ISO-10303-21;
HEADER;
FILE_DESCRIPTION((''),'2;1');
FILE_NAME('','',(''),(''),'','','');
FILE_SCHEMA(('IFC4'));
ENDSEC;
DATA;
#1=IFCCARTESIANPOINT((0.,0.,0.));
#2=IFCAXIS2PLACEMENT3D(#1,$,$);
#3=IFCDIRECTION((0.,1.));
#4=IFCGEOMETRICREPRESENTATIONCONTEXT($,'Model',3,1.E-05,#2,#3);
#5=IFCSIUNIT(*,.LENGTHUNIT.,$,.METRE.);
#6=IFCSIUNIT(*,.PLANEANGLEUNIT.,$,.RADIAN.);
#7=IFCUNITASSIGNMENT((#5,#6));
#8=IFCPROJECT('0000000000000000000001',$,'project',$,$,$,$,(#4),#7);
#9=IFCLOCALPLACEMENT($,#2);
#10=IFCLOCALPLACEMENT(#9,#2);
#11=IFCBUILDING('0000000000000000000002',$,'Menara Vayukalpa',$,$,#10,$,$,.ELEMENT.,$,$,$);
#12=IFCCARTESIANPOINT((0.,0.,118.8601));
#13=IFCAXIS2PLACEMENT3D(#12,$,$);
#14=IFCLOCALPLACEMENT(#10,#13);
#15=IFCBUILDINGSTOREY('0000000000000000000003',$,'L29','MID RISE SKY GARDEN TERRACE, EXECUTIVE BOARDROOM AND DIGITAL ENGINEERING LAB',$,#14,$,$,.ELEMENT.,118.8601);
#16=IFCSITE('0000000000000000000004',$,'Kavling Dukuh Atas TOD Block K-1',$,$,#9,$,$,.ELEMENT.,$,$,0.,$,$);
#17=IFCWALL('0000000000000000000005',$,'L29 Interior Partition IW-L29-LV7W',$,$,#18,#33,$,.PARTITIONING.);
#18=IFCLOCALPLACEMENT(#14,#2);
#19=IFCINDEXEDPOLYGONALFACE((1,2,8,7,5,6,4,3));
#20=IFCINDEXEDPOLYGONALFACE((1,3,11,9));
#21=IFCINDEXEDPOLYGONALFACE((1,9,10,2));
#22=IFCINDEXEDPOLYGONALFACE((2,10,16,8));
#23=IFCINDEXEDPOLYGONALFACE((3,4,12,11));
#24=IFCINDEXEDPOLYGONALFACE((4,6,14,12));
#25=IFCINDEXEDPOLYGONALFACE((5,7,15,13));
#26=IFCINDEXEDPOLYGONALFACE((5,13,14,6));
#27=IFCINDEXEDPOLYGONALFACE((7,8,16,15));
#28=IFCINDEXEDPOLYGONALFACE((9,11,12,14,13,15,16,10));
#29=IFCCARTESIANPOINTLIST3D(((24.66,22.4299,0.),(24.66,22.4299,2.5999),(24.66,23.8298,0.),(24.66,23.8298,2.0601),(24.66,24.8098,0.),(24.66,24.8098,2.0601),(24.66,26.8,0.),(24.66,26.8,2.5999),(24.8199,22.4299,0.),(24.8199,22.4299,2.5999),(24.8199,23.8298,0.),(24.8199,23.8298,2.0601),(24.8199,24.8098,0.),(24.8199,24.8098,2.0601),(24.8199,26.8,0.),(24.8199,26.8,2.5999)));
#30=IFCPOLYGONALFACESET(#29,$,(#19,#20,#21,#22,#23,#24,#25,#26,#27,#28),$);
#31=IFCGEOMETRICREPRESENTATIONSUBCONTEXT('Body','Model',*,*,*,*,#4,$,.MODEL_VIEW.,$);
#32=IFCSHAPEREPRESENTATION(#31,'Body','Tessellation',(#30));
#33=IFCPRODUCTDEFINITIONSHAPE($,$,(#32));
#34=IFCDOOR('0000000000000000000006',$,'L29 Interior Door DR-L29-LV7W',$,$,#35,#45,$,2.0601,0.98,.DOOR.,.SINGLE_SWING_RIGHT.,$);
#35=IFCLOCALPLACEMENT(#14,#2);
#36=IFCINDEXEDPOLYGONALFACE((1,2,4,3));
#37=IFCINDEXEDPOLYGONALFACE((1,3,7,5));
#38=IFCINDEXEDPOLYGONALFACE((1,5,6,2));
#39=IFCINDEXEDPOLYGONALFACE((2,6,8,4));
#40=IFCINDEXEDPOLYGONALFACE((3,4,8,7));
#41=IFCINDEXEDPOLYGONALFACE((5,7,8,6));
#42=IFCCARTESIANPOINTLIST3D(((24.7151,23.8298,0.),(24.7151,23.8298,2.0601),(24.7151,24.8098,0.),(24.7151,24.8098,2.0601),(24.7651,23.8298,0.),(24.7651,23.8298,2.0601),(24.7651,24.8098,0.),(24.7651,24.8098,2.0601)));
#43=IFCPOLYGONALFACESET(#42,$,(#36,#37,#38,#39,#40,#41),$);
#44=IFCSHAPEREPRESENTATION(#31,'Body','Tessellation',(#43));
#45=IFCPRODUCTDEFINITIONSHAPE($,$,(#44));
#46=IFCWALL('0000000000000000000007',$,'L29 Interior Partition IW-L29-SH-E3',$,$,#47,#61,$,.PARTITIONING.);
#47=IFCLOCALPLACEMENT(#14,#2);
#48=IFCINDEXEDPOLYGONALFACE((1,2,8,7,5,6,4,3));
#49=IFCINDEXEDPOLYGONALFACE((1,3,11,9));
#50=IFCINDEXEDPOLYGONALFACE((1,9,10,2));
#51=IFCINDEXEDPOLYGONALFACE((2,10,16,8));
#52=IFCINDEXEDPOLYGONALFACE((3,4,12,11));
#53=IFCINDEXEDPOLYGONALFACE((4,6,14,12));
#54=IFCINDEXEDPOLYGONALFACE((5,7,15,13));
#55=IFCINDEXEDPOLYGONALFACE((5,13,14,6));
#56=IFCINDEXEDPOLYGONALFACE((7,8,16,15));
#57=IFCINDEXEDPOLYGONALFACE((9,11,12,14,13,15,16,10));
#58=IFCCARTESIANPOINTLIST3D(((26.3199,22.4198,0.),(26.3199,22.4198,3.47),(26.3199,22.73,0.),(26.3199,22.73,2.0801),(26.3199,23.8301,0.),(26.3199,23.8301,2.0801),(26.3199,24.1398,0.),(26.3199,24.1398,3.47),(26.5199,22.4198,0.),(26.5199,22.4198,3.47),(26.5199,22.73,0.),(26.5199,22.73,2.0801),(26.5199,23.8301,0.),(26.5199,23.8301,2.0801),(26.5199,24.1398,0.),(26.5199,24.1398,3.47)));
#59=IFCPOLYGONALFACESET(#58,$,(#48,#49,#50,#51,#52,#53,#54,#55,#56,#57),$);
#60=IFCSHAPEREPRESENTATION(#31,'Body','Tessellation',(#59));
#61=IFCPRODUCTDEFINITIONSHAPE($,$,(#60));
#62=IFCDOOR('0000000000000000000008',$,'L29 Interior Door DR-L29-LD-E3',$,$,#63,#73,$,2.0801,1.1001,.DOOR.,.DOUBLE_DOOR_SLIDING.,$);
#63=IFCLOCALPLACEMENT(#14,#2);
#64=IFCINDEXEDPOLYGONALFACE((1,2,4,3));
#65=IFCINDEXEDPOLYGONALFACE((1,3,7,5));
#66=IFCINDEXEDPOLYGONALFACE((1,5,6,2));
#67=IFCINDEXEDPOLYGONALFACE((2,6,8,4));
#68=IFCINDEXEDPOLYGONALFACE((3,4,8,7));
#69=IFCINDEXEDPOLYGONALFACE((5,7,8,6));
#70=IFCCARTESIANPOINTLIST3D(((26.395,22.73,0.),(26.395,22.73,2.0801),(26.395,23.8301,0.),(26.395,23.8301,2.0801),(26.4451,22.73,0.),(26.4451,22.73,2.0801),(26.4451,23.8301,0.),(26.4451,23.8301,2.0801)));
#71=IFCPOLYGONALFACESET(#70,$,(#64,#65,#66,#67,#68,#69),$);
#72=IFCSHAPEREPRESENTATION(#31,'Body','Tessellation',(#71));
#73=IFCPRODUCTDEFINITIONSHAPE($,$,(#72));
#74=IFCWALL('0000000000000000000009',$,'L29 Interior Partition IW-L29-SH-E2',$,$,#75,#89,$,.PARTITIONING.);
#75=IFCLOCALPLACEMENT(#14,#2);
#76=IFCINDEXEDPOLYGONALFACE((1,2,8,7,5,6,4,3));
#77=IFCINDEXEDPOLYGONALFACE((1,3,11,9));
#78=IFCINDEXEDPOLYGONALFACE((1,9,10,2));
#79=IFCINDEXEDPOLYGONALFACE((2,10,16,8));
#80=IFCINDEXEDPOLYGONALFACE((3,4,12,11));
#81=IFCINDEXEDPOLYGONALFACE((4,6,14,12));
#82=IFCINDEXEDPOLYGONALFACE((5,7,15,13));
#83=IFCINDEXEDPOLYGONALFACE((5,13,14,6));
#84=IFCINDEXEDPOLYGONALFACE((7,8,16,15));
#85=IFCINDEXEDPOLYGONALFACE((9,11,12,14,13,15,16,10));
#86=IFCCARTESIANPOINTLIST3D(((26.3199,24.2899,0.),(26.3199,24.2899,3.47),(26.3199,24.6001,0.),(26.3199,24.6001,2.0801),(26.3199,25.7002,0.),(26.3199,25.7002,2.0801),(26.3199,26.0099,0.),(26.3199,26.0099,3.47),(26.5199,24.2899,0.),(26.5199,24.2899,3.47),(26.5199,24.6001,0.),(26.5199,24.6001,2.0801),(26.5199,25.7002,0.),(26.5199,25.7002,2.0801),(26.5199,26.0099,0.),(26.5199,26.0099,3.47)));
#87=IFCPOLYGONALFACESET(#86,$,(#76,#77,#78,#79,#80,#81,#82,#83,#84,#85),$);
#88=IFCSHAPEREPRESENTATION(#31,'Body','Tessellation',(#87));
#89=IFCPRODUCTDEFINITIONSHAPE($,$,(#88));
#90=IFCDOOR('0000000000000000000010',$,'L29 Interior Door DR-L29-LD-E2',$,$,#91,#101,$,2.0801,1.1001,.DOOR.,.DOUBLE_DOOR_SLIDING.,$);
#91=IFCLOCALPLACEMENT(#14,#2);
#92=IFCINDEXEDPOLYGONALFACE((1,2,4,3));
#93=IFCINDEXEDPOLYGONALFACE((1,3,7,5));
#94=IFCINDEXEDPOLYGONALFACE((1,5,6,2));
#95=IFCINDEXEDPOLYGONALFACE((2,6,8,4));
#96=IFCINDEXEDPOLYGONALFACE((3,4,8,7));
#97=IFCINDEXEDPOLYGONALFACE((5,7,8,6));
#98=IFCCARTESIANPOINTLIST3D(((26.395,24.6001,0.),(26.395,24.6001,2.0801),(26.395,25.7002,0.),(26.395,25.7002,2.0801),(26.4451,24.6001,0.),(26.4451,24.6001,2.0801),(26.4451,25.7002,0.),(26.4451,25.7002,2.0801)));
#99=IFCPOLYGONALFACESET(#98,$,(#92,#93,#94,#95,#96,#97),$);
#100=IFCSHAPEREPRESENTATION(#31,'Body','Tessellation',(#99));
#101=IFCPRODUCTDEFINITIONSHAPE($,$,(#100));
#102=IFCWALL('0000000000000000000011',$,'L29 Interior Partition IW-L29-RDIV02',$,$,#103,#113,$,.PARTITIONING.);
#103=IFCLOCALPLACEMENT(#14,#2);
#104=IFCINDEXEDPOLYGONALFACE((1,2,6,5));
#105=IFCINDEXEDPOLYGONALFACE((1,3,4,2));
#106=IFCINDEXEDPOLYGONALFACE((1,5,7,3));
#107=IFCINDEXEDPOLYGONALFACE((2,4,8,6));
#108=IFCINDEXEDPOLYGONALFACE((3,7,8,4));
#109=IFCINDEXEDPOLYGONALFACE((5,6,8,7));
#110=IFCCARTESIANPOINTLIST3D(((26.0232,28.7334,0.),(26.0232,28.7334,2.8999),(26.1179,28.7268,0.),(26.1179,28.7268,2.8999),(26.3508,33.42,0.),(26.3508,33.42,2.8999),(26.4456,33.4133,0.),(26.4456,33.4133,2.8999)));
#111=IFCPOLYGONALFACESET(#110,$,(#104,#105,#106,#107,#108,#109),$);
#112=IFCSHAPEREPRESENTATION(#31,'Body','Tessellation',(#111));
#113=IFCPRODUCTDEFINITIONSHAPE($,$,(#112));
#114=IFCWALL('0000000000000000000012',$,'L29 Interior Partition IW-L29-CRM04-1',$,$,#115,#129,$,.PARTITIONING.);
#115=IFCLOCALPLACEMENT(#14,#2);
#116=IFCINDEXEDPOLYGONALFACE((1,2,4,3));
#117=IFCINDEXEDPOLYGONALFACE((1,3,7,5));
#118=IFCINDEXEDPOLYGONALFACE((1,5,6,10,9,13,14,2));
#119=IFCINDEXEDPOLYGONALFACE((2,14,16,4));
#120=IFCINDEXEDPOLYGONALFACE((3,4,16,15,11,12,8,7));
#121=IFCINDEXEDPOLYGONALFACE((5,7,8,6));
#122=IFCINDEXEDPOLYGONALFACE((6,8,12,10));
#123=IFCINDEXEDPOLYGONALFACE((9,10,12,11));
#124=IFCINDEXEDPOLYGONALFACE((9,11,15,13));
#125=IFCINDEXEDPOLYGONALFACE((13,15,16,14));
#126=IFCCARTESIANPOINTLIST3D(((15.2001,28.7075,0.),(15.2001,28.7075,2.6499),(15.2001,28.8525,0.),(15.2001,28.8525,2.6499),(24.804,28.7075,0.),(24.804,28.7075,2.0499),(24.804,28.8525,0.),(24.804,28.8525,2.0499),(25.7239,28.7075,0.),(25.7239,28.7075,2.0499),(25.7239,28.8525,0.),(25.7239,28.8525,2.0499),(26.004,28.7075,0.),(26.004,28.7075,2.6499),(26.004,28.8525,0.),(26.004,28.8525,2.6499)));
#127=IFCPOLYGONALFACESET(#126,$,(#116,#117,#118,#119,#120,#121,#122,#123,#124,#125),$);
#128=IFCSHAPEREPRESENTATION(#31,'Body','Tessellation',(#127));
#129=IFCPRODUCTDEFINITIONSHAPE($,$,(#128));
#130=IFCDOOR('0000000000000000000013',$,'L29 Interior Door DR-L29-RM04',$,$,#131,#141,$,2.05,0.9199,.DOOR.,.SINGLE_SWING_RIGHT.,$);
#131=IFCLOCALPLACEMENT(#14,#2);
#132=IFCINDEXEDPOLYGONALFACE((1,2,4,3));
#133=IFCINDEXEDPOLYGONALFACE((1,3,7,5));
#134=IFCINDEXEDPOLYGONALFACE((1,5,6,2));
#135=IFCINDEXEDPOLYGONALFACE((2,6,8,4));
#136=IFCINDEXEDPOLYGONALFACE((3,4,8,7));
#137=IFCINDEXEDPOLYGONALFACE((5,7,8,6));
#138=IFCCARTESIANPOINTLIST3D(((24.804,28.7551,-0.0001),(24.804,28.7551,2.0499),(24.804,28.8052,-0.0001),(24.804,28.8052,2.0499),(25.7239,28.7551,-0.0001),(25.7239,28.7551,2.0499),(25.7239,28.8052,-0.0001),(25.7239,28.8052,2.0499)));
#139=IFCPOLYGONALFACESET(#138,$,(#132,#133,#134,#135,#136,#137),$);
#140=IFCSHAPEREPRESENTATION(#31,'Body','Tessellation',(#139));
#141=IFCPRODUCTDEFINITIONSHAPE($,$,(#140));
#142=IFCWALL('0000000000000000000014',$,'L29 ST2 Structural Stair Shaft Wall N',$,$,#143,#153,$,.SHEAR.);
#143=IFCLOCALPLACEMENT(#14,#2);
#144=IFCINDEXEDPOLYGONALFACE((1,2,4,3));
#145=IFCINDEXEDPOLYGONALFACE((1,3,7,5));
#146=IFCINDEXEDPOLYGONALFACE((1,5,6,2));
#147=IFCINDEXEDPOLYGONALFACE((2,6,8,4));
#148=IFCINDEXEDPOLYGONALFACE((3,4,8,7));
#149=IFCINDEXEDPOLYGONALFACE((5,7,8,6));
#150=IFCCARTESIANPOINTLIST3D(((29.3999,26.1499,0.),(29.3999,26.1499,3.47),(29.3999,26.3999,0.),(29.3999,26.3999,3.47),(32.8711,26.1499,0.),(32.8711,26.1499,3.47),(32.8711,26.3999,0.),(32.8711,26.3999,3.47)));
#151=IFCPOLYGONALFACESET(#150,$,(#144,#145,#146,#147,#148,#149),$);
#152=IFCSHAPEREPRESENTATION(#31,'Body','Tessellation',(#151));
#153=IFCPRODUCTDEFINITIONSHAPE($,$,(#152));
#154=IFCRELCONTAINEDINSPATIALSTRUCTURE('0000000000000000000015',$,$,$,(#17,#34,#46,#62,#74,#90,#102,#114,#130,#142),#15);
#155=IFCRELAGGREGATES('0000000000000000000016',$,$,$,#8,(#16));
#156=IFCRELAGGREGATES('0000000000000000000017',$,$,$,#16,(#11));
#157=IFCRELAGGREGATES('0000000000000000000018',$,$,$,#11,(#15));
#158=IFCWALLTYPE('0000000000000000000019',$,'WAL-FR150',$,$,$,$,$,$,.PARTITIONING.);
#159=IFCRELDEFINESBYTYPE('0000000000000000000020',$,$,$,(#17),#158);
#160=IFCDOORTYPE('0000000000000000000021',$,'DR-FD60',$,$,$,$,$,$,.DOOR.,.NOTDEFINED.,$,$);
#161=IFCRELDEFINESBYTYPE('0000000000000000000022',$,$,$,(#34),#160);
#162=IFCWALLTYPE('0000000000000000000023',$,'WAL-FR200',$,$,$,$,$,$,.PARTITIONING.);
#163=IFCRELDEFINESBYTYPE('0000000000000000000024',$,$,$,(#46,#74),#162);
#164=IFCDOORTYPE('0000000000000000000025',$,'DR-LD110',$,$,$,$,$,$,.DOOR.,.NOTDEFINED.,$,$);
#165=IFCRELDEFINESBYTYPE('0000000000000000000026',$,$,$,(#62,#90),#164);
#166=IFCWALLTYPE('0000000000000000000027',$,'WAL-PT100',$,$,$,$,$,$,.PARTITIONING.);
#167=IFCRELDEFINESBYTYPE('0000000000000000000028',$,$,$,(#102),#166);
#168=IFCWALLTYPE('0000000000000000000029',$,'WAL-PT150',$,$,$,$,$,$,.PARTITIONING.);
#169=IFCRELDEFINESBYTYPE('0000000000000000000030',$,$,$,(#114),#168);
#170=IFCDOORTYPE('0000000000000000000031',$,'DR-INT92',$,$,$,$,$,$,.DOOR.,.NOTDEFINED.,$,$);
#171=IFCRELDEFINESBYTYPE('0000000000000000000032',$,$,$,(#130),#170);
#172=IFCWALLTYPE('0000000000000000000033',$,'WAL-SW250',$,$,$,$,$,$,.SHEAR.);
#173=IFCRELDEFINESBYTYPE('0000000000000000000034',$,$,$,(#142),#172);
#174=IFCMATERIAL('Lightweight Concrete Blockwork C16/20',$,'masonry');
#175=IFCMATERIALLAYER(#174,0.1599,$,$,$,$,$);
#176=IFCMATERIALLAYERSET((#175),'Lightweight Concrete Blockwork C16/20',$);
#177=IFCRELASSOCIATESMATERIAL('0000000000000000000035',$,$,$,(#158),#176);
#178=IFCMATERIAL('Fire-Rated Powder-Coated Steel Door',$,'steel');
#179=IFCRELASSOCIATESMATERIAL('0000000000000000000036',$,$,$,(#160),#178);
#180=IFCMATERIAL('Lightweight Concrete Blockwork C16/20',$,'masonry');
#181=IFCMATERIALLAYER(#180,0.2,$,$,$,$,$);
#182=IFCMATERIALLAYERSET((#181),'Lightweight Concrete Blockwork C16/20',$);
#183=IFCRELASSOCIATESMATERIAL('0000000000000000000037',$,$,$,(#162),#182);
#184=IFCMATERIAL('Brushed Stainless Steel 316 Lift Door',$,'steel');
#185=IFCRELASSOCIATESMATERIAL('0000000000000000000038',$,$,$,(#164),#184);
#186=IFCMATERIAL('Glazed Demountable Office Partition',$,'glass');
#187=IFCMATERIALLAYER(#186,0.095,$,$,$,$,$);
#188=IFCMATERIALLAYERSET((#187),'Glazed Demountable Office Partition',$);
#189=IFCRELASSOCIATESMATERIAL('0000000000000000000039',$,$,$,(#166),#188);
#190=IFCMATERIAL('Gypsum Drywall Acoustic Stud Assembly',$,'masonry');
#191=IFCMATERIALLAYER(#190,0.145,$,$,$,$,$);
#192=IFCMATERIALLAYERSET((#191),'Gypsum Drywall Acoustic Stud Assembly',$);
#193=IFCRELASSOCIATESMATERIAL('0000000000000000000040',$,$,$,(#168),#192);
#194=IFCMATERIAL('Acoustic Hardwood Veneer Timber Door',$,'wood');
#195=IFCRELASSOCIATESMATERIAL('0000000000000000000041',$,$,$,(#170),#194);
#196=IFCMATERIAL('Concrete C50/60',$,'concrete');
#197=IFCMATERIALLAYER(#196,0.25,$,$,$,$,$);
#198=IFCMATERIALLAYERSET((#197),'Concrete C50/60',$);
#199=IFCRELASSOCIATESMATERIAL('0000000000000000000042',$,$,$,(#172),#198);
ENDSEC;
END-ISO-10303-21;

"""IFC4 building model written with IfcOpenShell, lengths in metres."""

from ifc_helpers import new_model, si_unit, direction, frame, frame_2d, origin, place, context, subcontext, project, spatial, rectangle, extrude, material, layer, layer_set, type_object, element, fill, save


model = new_model("IFC4")

# Units and contexts
model_context = context("Model", 3, precision=1e-05, world=origin(), true_north=direction((0.0, 1.0)))
body_context = subcontext(model_context, "Body", "Model", "MODEL_VIEW")
ifc_project = project(units=[si_unit("LENGTHUNIT", "METRE"), si_unit("PLANEANGLEUNIT", "RADIAN")], contexts=[model_context])

# Site, building, storey
site_placement = place(None, origin())
site = spatial("IfcSite", under=ifc_project, at=site_placement, Name="Kavling Dukuh Atas TOD Block K-1", CompositionType="ELEMENT", RefElevation=0.0)
building_placement = place(site_placement, origin())
building = spatial("IfcBuilding", under=site, at=building_placement, Name="Menara Vayukalpa", CompositionType="ELEMENT")
storey_placement = place(building_placement, frame((0.0, 0.0, 118.8601)))
storey = spatial("IfcBuildingStorey", under=building, at=storey_placement, Name="L29", Description="MID RISE SKY GARDEN TERRACE, EXECUTIVE BOARDROOM AND DIGITAL ENGINEERING LAB", CompositionType="ELEMENT", Elevation=118.8601)

# Shared definitions
ifc_material_1 = material(Name="Lightweight Concrete Blockwork C16/20", Category="masonry")
ifc_layer_1 = layer(ifc_material_1, 0.1599)
ifc_layer_set_1 = layer_set([ifc_layer_1], Name="Lightweight Concrete Blockwork C16/20")
wall_type_1 = type_object("IfcWallType", Name="WAL-FR150", PredefinedType="PARTITIONING", material=ifc_layer_set_1)

# Walls, openings, doors
wall_1_placement = place(storey_placement, frame((24.74, 22.4299, 0.0), z_axis=(0.0, 0.0, 1.0), x_axis=(0.0, 1.0, 0.0)))
wall_1 = element("IfcWall", 1, at=wall_1_placement, inside=storey, type_object=wall_type_1, Name="L29 Interior Partition IW-L29-LV7W", PredefinedType="PARTITIONING", context=body_context, shape_type="SweptSolid", body=[
    extrude(rectangle(XDim=4.3701, YDim=0.1599, at=frame_2d((2.1851, 0.0))), origin(), (0.0, 0.0, 1.0), 2.5999),
])
opening_1_placement = place(wall_1_placement, frame((1.3999, 0.0, 0.0)))
opening_1 = element("IfcOpeningElement", 2, at=opening_1_placement, cuts=wall_1, PredefinedType="OPENING", context=body_context, shape_type="SweptSolid", body=[
    extrude(rectangle(XDim=0.98, YDim=2.0601, at=frame_2d((0.49, 1.03))), frame((0.0, 0.0898, 0.0), z_axis=(0.0, -1.0, 0.0), x_axis=(1.0, 0.0, 0.0)), (0.0, 0.0, 1.0), 0.1799),
])
ifc_material_2 = material(Name="Fire-Rated Powder-Coated Steel Door", Category="steel")
door_type_1 = type_object("IfcDoorType", Name="DR-FD60", OperationType="NOTDEFINED", PredefinedType="DOOR", material=ifc_material_2)
door_1_placement = place(opening_1_placement, origin())
door_1 = element("IfcDoor", 3, at=door_1_placement, inside=storey, type_object=door_type_1, Name="L29 Interior Door DR-L29-LV7W", OperationType="SINGLE_SWING_RIGHT", OverallHeight=2.0601, OverallWidth=0.98, PredefinedType="DOOR", context=body_context, shape_type="SweptSolid", body=[
    extrude(rectangle(XDim=0.98, YDim=2.0601, at=frame_2d((0.49, 1.03))), frame((0.0, 0.0249, 0.0), z_axis=(0.0, -1.0, 0.0), x_axis=(1.0, 0.0, 0.0)), (0.0, 0.0, 1.0), 0.05),
])
fill(opening_1, door_1)
ifc_material_3 = material(Name="Lightweight Concrete Blockwork C16/20", Category="masonry")
ifc_layer_2 = layer(ifc_material_3, 0.2)
ifc_layer_set_2 = layer_set([ifc_layer_2], Name="Lightweight Concrete Blockwork C16/20")
wall_type_2 = type_object("IfcWallType", Name="WAL-FR200", PredefinedType="PARTITIONING", material=ifc_layer_set_2)
wall_2_placement = place(storey_placement, frame((26.4199, 22.4199, 0.0), z_axis=(0.0, 0.0, 1.0), x_axis=(0.0, 1.0, 0.0)))
wall_2 = element("IfcWall", 4, at=wall_2_placement, inside=storey, type_object=wall_type_2, Name="L29 Interior Partition IW-L29-SH-E3", PredefinedType="PARTITIONING", context=body_context, shape_type="SweptSolid", body=[
    extrude(rectangle(XDim=1.72, YDim=0.2, at=frame_2d((0.8599, 0.0))), origin(), (0.0, 0.0, 1.0), 3.47),
])
opening_2_placement = place(wall_2_placement, frame((0.3101, 0.0, 0.0)))
opening_2 = element("IfcOpeningElement", 5, at=opening_2_placement, cuts=wall_2, PredefinedType="OPENING", context=body_context, shape_type="SweptSolid", body=[
    extrude(rectangle(XDim=1.1001, YDim=2.0801, at=frame_2d((0.55, 1.04))), frame((0.0, 0.1099, 0.0), z_axis=(0.0, -1.0, 0.0), x_axis=(1.0, 0.0, 0.0)), (0.0, 0.0, 1.0), 0.22),
])
ifc_material_4 = material(Name="Brushed Stainless Steel 316 Lift Door", Category="steel")
door_type_2 = type_object("IfcDoorType", Name="DR-LD110", OperationType="NOTDEFINED", PredefinedType="DOOR", material=ifc_material_4)
door_2_placement = place(opening_2_placement, origin())
door_2 = element("IfcDoor", 6, at=door_2_placement, inside=storey, type_object=door_type_2, Name="L29 Interior Door DR-L29-LD-E3", OperationType="DOUBLE_DOOR_SLIDING", OverallHeight=2.0801, OverallWidth=1.1001, PredefinedType="DOOR", context=body_context, shape_type="SweptSolid", body=[
    extrude(rectangle(XDim=1.1001, YDim=2.0801, at=frame_2d((0.55, 1.04))), frame((0.0, 0.0249, 0.0), z_axis=(0.0, -1.0, 0.0), x_axis=(1.0, 0.0, 0.0)), (0.0, 0.0, 1.0), 0.05),
])
fill(opening_2, door_2)
wall_3_placement = place(storey_placement, frame((26.4199, 24.29, 0.0), z_axis=(0.0, 0.0, 1.0), x_axis=(0.0, 1.0, 0.0)))
wall_3 = element("IfcWall", 7, at=wall_3_placement, inside=storey, type_object=wall_type_2, Name="L29 Interior Partition IW-L29-SH-E2", PredefinedType="PARTITIONING", context=body_context, shape_type="SweptSolid", body=[
    extrude(rectangle(XDim=1.72, YDim=0.2, at=frame_2d((0.8599, 0.0))), origin(), (0.0, 0.0, 1.0), 3.47),
])
opening_3_placement = place(wall_3_placement, frame((0.3101, 0.0, 0.0)))
opening_3 = element("IfcOpeningElement", 8, at=opening_3_placement, cuts=wall_3, PredefinedType="OPENING", context=body_context, shape_type="SweptSolid", body=[
    extrude(rectangle(XDim=1.1001, YDim=2.0801, at=frame_2d((0.55, 1.04))), frame((0.0, 0.1099, 0.0), z_axis=(0.0, -1.0, 0.0), x_axis=(1.0, 0.0, 0.0)), (0.0, 0.0, 1.0), 0.22),
])
door_3_placement = place(opening_3_placement, origin())
door_3 = element("IfcDoor", 9, at=door_3_placement, inside=storey, type_object=door_type_2, Name="L29 Interior Door DR-L29-LD-E2", OperationType="DOUBLE_DOOR_SLIDING", OverallHeight=2.0801, OverallWidth=1.1001, PredefinedType="DOOR", context=body_context, shape_type="SweptSolid", body=[
    extrude(rectangle(XDim=1.1001, YDim=2.0801, at=frame_2d((0.55, 1.04))), frame((0.0, 0.0249, 0.0), z_axis=(0.0, -1.0, 0.0), x_axis=(1.0, 0.0, 0.0)), (0.0, 0.0, 1.0), 0.05),
])
fill(opening_3, door_3)

# Wall
ifc_material_5 = material(Name="Glazed Demountable Office Partition", Category="glass")
ifc_layer_3 = layer(ifc_material_5, 0.095)
ifc_layer_set_3 = layer_set([ifc_layer_3], Name="Glazed Demountable Office Partition")
wall_type_3 = type_object("IfcWallType", Name="WAL-PT100", PredefinedType="PARTITIONING", material=ifc_layer_set_3)
wall_4_placement = place(storey_placement, frame((26.0706, 28.73, 0.0), z_axis=(0.0, 0.0, 1.0), x_axis=(0.06974, 0.997565, 0.0)))
element("IfcWall", 10, at=wall_4_placement, inside=storey, type_object=wall_type_3, Name="L29 Interior Partition IW-L29-RDIV02", PredefinedType="PARTITIONING", context=body_context, shape_type="SweptSolid", body=[
    extrude(rectangle(XDim=4.698, YDim=0.095, at=frame_2d((2.3491, 0.0))), origin(), (0.0, 0.0, 1.0), 2.8999),
])

# Wall, opening, door
ifc_material_6 = material(Name="Gypsum Drywall Acoustic Stud Assembly", Category="masonry")
ifc_layer_4 = layer(ifc_material_6, 0.145)
ifc_layer_set_4 = layer_set([ifc_layer_4], Name="Gypsum Drywall Acoustic Stud Assembly")
wall_type_4 = type_object("IfcWallType", Name="WAL-PT150", PredefinedType="PARTITIONING", material=ifc_layer_set_4)
wall_5_placement = place(storey_placement, frame((26.0039, 28.78, 0.0), z_axis=(0.0, 0.0, 1.0), x_axis=(-1.0, 0.0, 0.0)))
wall_5 = element("IfcWall", 11, at=wall_5_placement, inside=storey, type_object=wall_type_4, Name="L29 Interior Partition IW-L29-CRM04-1", PredefinedType="PARTITIONING", context=body_context, shape_type="SweptSolid", body=[
    extrude(rectangle(XDim=10.804, YDim=0.145, at=frame_2d((5.4019, 0.0))), origin(), (0.0, 0.0, 1.0), 2.6499),
])
opening_4_placement = place(wall_5_placement, frame((0.28, 0.0, 0.0)))
opening_4 = element("IfcOpeningElement", 12, at=opening_4_placement, cuts=wall_5, PredefinedType="OPENING", context=body_context, shape_type="SweptSolid", body=[
    extrude(rectangle(XDim=0.9199, YDim=2.05, at=frame_2d((0.46, 1.0249))), frame((0.0, 0.0825, 0.0), z_axis=(0.0, -1.0, 0.0), x_axis=(1.0, 0.0, 0.0)), (0.0, 0.0, 1.0), 0.165),
])
ifc_material_7 = material(Name="Acoustic Hardwood Veneer Timber Door", Category="wood")
door_type_3 = type_object("IfcDoorType", Name="DR-INT92", OperationType="NOTDEFINED", PredefinedType="DOOR", material=ifc_material_7)
door_4_placement = place(opening_4_placement, origin())
door_4 = element("IfcDoor", 13, at=door_4_placement, inside=storey, type_object=door_type_3, Name="L29 Interior Door DR-L29-RM04", OperationType="SINGLE_SWING_RIGHT", OverallHeight=2.05, OverallWidth=0.9199, PredefinedType="DOOR", context=body_context, shape_type="SweptSolid", body=[
    extrude(rectangle(XDim=0.9199, YDim=2.05, at=frame_2d((0.46, 1.0249))), frame((0.0, 0.0249, 0.0), z_axis=(0.0, -1.0, 0.0), x_axis=(1.0, 0.0, 0.0)), (0.0, 0.0, 1.0), 0.05),
])
fill(opening_4, door_4)

# Wall
ifc_material_8 = material(Name="Concrete C50/60", Category="concrete")
ifc_layer_5 = layer(ifc_material_8, 0.25)
ifc_layer_set_5 = layer_set([ifc_layer_5], Name="Concrete C50/60")
wall_type_5 = type_object("IfcWallType", Name="WAL-SW250", PredefinedType="SHEAR", material=ifc_layer_set_5)
wall_6_placement = place(storey_placement, frame((29.3999, 26.2749, 0.0), z_axis=(0.0, 0.0, 1.0), x_axis=(1.0, 0.0, 0.0)))
element("IfcWall", 14, at=wall_6_placement, inside=storey, type_object=wall_type_5, Name="L29 ST2 Structural Stair Shaft Wall N", PredefinedType="SHEAR", context=body_context, shape_type="SweptSolid", body=[
    extrude(rectangle(XDim=3.4712, YDim=0.25, at=frame_2d((1.7356, 0.0))), origin(), (0.0, 0.0, 1.0), 3.47),
])

save(model, "model.ifc")
